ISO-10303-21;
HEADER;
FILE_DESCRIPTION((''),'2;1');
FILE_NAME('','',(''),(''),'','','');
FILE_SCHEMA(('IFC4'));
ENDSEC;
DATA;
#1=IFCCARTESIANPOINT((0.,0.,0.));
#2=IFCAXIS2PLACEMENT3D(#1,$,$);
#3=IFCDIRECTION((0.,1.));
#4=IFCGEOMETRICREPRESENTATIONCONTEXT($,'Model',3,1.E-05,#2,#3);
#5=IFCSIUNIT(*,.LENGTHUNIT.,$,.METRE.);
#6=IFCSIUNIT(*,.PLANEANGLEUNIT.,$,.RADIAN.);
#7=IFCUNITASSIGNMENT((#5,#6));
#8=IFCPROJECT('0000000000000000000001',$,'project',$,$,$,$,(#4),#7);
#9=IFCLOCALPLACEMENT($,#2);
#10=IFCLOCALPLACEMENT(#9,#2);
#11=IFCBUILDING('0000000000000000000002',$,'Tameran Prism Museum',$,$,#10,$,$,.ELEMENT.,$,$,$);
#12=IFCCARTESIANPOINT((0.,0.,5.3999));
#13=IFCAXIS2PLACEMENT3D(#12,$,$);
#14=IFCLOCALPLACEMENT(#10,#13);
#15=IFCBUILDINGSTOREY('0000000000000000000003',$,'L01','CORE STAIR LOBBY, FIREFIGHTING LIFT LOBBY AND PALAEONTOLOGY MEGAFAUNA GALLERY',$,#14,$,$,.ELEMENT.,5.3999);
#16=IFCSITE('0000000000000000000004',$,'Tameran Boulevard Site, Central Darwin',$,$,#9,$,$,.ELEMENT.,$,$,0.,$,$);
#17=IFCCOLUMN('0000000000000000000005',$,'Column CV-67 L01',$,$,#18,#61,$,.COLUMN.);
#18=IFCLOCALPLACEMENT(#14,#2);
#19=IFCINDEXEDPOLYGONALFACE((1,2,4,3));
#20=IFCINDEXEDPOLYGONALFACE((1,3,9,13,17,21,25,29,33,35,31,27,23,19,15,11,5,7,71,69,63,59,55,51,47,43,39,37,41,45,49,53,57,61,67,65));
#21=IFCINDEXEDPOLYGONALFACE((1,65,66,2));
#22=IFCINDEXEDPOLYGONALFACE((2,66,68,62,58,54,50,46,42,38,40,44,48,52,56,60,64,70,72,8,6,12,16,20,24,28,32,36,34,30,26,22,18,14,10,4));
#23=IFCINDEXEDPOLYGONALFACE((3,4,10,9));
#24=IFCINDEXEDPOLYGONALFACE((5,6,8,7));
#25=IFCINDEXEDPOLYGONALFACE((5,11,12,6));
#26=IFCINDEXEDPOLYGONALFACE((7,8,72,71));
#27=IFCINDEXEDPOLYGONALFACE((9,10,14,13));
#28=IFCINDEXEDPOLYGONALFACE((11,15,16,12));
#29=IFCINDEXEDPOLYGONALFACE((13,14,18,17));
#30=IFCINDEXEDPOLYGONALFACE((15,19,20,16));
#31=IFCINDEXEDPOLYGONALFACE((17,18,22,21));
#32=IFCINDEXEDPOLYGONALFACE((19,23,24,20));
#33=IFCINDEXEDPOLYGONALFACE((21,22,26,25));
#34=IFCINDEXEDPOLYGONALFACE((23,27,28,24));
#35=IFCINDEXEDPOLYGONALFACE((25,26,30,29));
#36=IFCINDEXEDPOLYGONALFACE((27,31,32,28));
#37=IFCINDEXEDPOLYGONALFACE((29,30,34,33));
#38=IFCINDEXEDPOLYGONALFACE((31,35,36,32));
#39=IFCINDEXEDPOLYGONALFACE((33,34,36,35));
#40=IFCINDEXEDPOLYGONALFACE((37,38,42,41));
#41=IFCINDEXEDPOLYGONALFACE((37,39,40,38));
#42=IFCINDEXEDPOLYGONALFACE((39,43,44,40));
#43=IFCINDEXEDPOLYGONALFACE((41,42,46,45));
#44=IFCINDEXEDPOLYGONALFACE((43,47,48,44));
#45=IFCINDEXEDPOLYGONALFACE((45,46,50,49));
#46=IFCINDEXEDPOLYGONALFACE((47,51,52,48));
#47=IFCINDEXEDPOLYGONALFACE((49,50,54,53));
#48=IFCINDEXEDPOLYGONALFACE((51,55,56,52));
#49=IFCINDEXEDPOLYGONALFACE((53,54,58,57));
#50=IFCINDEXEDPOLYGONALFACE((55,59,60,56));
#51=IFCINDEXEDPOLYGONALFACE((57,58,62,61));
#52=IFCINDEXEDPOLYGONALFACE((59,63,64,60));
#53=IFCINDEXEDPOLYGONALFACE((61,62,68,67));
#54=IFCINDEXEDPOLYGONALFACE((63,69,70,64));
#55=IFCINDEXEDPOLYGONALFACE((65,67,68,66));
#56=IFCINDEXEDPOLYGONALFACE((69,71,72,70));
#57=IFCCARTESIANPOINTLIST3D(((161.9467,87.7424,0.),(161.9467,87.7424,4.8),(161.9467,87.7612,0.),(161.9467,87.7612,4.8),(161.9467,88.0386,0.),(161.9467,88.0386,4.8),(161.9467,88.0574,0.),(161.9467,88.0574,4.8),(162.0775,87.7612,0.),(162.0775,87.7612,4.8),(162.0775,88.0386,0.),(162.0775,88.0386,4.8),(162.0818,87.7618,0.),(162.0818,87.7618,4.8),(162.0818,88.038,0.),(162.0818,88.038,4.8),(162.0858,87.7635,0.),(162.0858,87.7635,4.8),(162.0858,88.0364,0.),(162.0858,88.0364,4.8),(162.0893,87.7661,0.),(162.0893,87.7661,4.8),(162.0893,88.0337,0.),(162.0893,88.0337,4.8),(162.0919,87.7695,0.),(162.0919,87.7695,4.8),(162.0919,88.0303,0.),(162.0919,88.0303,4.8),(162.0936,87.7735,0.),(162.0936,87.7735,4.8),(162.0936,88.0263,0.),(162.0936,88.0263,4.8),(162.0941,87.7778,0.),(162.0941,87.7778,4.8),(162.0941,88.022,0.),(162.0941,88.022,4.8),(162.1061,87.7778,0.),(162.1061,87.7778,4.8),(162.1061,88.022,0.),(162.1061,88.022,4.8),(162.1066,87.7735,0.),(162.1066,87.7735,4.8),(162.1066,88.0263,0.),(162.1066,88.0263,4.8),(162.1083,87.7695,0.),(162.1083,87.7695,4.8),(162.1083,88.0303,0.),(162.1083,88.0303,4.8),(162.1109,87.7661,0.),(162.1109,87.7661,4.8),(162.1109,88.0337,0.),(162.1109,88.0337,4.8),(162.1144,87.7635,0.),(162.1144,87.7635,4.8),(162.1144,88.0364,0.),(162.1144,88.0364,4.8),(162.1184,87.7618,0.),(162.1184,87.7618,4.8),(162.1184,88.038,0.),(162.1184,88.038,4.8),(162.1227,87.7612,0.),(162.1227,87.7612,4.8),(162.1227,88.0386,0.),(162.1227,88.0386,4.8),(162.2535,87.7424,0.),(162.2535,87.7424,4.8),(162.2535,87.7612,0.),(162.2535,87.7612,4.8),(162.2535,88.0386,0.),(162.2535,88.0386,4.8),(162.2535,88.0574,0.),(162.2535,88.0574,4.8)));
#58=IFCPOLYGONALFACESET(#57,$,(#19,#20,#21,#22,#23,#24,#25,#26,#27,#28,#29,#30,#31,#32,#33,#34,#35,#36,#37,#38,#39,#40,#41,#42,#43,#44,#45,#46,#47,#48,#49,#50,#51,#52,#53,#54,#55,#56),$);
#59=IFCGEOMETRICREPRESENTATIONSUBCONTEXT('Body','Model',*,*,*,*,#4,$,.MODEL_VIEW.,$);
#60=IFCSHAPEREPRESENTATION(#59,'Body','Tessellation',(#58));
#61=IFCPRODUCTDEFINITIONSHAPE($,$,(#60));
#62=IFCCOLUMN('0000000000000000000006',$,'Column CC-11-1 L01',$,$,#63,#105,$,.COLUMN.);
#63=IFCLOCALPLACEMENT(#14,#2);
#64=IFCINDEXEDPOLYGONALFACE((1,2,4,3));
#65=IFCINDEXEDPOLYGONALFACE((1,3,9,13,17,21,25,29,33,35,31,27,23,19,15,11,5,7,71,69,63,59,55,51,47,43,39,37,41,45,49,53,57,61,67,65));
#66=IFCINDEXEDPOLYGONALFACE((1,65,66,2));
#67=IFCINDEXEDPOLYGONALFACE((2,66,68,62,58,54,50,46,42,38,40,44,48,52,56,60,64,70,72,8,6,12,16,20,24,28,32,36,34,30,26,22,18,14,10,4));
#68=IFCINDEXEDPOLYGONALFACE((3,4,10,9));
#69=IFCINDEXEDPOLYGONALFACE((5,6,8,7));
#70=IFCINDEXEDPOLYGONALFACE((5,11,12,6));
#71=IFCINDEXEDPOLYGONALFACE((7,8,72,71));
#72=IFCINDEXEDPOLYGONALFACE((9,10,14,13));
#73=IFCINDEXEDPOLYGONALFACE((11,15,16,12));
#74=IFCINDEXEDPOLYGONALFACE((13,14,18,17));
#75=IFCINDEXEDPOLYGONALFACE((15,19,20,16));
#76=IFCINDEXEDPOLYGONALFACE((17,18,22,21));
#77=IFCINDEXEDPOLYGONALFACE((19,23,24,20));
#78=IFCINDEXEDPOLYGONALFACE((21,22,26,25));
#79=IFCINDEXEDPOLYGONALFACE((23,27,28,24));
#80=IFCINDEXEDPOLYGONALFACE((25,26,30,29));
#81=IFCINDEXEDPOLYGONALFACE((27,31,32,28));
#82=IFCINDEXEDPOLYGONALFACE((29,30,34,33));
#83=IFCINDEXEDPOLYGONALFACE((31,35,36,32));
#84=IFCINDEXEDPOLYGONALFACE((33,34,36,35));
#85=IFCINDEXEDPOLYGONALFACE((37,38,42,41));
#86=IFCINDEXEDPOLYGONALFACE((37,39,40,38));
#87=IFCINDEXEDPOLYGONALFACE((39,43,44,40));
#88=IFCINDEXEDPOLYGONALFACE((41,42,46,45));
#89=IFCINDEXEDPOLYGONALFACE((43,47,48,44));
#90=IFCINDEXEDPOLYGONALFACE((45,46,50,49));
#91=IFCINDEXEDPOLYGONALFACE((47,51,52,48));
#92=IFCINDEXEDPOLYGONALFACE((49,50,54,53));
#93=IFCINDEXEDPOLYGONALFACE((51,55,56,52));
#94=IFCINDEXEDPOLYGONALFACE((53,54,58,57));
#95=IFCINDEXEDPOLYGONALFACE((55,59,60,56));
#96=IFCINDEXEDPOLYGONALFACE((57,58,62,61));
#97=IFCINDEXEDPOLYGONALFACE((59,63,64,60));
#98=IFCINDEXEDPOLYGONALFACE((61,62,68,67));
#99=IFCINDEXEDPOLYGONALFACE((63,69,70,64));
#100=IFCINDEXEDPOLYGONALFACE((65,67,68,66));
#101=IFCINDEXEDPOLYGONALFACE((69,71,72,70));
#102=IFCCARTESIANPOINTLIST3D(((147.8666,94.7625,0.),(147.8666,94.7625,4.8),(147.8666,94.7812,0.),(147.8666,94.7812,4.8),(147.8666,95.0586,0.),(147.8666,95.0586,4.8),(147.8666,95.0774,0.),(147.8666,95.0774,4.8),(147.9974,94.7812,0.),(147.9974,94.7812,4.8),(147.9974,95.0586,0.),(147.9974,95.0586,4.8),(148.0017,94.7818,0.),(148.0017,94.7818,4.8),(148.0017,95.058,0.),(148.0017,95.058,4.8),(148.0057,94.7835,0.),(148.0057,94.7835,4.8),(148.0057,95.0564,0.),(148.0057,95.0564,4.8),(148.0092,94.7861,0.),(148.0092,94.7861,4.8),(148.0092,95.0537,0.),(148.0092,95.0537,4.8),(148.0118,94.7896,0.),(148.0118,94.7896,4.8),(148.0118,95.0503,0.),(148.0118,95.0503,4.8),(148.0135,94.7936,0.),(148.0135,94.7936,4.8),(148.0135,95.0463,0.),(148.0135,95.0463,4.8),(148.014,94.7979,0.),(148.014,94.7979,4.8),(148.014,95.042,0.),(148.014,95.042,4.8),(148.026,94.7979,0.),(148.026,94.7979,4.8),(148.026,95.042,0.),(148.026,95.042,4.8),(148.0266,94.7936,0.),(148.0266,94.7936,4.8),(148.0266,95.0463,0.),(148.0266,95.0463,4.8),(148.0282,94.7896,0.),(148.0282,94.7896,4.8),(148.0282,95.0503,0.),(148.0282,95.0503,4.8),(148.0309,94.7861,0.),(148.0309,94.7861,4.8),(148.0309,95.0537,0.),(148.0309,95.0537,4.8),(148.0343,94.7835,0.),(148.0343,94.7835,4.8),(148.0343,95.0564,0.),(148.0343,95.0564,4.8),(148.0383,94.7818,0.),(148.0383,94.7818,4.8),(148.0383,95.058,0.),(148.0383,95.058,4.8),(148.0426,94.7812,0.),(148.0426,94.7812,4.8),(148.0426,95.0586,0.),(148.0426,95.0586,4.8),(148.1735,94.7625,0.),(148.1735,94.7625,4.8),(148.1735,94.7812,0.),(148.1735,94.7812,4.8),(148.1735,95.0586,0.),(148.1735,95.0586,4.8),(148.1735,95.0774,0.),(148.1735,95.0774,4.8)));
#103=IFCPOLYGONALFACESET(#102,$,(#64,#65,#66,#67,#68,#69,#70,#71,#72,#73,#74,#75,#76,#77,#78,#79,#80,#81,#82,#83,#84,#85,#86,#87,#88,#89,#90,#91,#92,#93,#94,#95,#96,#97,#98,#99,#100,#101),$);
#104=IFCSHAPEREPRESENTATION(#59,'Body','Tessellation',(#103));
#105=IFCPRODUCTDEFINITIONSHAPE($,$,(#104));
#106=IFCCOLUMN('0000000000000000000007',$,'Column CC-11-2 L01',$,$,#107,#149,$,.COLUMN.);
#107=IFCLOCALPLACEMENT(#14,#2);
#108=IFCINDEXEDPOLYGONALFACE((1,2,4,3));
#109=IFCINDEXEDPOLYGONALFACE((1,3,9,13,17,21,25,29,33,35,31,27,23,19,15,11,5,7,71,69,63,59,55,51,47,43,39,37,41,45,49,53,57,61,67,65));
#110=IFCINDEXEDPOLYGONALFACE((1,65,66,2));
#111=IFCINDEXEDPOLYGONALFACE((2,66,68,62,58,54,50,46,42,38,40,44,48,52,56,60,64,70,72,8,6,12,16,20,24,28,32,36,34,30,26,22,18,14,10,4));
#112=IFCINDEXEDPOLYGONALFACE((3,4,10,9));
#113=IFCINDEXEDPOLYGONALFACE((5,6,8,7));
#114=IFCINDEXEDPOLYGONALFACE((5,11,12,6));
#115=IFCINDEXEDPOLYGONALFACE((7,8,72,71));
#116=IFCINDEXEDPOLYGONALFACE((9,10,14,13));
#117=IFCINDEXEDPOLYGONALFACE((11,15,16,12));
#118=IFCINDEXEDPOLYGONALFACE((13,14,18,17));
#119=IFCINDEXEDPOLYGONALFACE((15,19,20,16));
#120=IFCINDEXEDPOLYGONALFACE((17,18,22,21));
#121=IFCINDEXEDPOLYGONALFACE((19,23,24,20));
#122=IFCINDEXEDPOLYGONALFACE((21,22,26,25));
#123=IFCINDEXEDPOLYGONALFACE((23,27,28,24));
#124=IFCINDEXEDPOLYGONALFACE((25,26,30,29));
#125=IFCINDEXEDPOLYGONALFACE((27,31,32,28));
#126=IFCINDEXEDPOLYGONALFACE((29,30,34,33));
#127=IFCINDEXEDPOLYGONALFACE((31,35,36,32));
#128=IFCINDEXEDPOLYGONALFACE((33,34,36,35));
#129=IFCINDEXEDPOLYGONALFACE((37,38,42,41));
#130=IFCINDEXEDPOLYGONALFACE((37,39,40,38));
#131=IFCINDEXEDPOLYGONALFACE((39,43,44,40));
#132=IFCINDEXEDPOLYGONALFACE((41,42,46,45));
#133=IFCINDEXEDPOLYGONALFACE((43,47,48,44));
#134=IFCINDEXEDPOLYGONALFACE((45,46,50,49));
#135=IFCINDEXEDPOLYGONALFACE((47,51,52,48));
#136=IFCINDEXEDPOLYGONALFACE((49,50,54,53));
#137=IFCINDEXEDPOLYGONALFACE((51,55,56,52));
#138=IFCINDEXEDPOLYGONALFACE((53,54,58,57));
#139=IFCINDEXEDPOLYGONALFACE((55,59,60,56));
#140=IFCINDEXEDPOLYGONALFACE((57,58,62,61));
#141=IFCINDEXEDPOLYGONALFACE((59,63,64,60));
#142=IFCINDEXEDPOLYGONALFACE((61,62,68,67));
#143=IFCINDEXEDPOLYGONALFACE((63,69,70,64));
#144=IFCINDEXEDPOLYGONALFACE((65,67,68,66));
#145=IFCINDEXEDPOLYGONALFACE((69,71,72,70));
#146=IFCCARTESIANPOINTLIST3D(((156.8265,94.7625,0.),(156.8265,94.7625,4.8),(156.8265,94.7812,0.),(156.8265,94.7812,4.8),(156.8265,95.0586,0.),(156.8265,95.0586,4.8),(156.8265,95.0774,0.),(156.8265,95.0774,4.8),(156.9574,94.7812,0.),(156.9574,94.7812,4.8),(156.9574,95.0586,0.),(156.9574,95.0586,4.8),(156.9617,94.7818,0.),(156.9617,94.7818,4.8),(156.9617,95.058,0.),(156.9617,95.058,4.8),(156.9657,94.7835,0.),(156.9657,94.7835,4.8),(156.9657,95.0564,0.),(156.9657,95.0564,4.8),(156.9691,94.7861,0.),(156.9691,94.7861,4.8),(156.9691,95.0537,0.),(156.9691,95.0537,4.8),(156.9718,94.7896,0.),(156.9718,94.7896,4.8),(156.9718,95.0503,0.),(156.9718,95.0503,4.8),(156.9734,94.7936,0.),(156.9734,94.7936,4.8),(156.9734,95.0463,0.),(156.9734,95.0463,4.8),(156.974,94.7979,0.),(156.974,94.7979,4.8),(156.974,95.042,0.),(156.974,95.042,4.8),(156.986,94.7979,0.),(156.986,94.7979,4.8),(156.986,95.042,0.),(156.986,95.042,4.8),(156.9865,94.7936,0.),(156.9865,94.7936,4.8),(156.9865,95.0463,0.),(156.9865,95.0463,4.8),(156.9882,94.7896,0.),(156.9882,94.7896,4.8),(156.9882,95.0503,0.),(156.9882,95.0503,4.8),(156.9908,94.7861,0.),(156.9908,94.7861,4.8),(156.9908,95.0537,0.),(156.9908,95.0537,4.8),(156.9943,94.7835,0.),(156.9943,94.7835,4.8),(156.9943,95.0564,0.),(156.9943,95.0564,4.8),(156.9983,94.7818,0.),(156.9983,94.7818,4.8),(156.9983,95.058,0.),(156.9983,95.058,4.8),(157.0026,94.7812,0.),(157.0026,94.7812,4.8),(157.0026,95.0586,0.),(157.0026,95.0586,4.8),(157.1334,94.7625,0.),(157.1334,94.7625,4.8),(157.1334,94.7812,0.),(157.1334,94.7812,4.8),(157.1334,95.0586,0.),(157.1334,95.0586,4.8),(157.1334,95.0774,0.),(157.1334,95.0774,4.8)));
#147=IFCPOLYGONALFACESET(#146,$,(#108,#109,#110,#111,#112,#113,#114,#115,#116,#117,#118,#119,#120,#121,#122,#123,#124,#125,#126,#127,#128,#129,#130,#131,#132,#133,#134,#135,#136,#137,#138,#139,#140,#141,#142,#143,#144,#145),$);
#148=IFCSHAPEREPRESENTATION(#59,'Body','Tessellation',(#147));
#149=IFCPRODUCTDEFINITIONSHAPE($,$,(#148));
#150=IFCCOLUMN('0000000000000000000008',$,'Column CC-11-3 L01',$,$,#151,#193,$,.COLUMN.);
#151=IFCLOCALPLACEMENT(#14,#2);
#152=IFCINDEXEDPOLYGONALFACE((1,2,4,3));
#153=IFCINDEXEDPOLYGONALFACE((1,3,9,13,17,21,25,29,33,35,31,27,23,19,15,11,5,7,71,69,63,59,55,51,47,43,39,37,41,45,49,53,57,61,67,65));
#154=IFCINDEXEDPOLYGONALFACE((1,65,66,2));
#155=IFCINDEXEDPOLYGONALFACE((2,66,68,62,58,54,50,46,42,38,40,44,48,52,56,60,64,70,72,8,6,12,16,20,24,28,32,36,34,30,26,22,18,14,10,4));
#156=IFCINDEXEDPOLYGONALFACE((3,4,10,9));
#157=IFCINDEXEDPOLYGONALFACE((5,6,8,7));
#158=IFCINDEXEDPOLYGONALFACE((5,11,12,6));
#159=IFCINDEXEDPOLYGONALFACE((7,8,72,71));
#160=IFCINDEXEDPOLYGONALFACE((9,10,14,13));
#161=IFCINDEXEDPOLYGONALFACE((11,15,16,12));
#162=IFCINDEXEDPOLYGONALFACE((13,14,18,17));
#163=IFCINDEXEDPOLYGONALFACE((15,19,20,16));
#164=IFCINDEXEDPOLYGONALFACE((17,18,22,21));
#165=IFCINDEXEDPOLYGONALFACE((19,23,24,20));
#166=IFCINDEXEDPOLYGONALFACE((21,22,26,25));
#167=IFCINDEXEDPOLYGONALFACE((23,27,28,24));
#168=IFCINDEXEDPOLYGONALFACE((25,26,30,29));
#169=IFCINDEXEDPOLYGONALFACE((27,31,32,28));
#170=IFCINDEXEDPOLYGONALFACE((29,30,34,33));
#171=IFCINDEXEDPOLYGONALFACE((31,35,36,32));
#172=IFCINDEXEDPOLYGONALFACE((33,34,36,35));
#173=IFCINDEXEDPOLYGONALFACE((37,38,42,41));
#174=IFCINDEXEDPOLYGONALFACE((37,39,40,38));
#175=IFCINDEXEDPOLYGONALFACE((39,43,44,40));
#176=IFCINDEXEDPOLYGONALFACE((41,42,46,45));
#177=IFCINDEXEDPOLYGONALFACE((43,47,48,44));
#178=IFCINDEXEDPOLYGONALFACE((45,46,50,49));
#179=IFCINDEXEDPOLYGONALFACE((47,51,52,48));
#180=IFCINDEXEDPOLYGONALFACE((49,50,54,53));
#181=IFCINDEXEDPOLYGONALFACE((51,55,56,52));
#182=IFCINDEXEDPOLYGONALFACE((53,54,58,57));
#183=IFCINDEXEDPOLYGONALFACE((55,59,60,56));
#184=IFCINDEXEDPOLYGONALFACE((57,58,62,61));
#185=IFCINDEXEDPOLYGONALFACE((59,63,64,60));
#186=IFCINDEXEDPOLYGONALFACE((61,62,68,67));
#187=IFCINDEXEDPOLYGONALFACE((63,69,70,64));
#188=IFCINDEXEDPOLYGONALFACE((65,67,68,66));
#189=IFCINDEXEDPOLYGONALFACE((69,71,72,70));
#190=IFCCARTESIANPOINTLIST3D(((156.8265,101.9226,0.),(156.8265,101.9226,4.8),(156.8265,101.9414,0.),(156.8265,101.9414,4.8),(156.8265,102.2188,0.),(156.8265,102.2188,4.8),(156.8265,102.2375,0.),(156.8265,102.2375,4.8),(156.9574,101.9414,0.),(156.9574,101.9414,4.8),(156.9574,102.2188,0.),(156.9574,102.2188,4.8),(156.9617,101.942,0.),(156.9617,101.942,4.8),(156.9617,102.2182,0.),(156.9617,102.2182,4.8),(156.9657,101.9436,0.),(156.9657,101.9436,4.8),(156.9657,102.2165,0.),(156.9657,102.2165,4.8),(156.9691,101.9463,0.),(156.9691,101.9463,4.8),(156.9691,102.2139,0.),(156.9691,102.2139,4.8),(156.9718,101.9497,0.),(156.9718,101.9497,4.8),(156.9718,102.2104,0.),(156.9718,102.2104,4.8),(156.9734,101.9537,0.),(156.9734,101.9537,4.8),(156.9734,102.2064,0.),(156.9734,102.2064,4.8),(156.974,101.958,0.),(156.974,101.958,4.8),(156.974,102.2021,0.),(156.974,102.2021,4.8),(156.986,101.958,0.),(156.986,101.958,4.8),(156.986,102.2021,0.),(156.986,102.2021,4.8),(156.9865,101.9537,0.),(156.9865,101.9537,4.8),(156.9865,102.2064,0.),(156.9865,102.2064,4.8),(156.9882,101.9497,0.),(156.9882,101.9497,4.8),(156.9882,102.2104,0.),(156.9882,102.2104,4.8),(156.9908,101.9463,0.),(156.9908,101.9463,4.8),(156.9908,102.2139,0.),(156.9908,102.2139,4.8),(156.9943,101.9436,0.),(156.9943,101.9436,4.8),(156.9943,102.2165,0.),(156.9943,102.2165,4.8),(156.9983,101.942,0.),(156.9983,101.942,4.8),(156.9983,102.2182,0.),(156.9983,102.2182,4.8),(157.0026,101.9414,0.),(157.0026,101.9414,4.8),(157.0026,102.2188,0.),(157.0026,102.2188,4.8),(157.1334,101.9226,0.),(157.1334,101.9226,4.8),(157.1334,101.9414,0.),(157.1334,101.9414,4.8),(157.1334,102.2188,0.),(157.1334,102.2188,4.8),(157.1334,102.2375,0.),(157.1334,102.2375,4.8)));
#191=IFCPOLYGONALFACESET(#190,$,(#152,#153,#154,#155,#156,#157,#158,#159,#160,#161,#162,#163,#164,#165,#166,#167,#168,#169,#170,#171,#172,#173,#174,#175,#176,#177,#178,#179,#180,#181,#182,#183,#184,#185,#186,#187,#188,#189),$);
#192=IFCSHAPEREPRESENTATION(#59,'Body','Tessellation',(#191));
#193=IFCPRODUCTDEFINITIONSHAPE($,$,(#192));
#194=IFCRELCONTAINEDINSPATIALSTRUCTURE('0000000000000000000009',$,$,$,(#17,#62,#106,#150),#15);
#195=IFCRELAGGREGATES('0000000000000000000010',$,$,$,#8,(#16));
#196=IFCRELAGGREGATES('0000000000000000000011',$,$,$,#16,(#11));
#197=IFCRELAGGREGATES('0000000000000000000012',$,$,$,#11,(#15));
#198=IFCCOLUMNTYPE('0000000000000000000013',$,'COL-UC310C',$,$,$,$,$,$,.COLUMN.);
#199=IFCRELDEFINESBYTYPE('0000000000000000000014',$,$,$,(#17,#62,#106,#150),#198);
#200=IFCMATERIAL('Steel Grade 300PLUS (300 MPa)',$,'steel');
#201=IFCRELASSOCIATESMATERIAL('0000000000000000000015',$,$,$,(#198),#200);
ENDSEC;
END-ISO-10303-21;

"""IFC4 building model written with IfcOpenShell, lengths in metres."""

from ifc_helpers import new_model, si_unit, direction, frame, origin, origin_2d, place, context, subcontext, project, spatial, i_section, extrude, material, material_profile, profile_set, type_object, element, save


model = new_model("IFC4")

# Units and contexts
model_context = context("Model", 3, precision=1e-05, world=origin(), true_north=direction((0.0, 1.0)))
body_context = subcontext(model_context, "Body", "Model", "MODEL_VIEW")
ifc_project = project(units=[si_unit("LENGTHUNIT", "METRE"), si_unit("PLANEANGLEUNIT", "RADIAN")], contexts=[model_context])

# Site, building, storey
site_placement = place(None, origin())
site = spatial("IfcSite", under=ifc_project, at=site_placement, Name="Tameran Boulevard Site, Central Darwin", CompositionType="ELEMENT", RefElevation=0.0)
building_placement = place(site_placement, origin())
building = spatial("IfcBuilding", under=site, at=building_placement, Name="Tameran Prism Museum", CompositionType="ELEMENT")
storey_placement = place(building_placement, frame((0.0, 0.0, 5.3999)))
storey = spatial("IfcBuildingStorey", under=building, at=storey_placement, Name="L01", Description="CORE STAIR LOBBY, FIREFIGHTING LIFT LOBBY AND PALAEONTOLOGY MEGAFAUNA GALLERY", CompositionType="ELEMENT", Elevation=5.3999)

# Columns
ifc_material_1 = material(Name="Steel Grade 300PLUS (300 MPa)", Category="steel")
ifc_material_profile_1 = material_profile(ifc_material_1, i_section(OverallWidth=0.3069, OverallDepth=0.3149, WebThickness=0.012, FlangeThickness=0.0188, FilletRadius=0.0166, at=origin_2d()))
ifc_profile_set_1 = profile_set([ifc_material_profile_1])
column_type = type_object("IfcColumnType", Name="COL-UC310C", PredefinedType="COLUMN", material=ifc_profile_set_1)
for number, where, z_axis, x_axis, name in (
    (1, (162.1001, 87.8999, 0.0), (0.0, 0.0, 1.0), (1.0, 0.0, 0.0), "Column CV-67 L01"),
    (2, (148.02, 94.9199, 0.0), (0.0, 0.0, 1.0), (1.0, 0.0, 0.0), "Column CC-11-1 L01"),
    (3, (156.98, 94.9199, 0.0), (0.0, 0.0, 1.0), (1.0, 0.0, 0.0), "Column CC-11-2 L01"),
    (4, (156.98, 102.0801, 0.0), (0.0, 0.0, 1.0), (1.0, 0.0, 0.0), "Column CC-11-3 L01"),
):
    element("IfcColumn", number, at=place(storey_placement, frame(where, z_axis=z_axis, x_axis=x_axis)), inside=storey, type_object=column_type, Name=name, PredefinedType="COLUMN", context=body_context, shape_type="SweptSolid", body=[
        extrude(i_section(OverallWidth=0.3069, OverallDepth=0.3149, WebThickness=0.012, FlangeThickness=0.0188, FilletRadius=0.0166, at=origin_2d()), origin(), (0.0, 0.0, 1.0), 4.8),
    ])

save(model, "model.ifc")
